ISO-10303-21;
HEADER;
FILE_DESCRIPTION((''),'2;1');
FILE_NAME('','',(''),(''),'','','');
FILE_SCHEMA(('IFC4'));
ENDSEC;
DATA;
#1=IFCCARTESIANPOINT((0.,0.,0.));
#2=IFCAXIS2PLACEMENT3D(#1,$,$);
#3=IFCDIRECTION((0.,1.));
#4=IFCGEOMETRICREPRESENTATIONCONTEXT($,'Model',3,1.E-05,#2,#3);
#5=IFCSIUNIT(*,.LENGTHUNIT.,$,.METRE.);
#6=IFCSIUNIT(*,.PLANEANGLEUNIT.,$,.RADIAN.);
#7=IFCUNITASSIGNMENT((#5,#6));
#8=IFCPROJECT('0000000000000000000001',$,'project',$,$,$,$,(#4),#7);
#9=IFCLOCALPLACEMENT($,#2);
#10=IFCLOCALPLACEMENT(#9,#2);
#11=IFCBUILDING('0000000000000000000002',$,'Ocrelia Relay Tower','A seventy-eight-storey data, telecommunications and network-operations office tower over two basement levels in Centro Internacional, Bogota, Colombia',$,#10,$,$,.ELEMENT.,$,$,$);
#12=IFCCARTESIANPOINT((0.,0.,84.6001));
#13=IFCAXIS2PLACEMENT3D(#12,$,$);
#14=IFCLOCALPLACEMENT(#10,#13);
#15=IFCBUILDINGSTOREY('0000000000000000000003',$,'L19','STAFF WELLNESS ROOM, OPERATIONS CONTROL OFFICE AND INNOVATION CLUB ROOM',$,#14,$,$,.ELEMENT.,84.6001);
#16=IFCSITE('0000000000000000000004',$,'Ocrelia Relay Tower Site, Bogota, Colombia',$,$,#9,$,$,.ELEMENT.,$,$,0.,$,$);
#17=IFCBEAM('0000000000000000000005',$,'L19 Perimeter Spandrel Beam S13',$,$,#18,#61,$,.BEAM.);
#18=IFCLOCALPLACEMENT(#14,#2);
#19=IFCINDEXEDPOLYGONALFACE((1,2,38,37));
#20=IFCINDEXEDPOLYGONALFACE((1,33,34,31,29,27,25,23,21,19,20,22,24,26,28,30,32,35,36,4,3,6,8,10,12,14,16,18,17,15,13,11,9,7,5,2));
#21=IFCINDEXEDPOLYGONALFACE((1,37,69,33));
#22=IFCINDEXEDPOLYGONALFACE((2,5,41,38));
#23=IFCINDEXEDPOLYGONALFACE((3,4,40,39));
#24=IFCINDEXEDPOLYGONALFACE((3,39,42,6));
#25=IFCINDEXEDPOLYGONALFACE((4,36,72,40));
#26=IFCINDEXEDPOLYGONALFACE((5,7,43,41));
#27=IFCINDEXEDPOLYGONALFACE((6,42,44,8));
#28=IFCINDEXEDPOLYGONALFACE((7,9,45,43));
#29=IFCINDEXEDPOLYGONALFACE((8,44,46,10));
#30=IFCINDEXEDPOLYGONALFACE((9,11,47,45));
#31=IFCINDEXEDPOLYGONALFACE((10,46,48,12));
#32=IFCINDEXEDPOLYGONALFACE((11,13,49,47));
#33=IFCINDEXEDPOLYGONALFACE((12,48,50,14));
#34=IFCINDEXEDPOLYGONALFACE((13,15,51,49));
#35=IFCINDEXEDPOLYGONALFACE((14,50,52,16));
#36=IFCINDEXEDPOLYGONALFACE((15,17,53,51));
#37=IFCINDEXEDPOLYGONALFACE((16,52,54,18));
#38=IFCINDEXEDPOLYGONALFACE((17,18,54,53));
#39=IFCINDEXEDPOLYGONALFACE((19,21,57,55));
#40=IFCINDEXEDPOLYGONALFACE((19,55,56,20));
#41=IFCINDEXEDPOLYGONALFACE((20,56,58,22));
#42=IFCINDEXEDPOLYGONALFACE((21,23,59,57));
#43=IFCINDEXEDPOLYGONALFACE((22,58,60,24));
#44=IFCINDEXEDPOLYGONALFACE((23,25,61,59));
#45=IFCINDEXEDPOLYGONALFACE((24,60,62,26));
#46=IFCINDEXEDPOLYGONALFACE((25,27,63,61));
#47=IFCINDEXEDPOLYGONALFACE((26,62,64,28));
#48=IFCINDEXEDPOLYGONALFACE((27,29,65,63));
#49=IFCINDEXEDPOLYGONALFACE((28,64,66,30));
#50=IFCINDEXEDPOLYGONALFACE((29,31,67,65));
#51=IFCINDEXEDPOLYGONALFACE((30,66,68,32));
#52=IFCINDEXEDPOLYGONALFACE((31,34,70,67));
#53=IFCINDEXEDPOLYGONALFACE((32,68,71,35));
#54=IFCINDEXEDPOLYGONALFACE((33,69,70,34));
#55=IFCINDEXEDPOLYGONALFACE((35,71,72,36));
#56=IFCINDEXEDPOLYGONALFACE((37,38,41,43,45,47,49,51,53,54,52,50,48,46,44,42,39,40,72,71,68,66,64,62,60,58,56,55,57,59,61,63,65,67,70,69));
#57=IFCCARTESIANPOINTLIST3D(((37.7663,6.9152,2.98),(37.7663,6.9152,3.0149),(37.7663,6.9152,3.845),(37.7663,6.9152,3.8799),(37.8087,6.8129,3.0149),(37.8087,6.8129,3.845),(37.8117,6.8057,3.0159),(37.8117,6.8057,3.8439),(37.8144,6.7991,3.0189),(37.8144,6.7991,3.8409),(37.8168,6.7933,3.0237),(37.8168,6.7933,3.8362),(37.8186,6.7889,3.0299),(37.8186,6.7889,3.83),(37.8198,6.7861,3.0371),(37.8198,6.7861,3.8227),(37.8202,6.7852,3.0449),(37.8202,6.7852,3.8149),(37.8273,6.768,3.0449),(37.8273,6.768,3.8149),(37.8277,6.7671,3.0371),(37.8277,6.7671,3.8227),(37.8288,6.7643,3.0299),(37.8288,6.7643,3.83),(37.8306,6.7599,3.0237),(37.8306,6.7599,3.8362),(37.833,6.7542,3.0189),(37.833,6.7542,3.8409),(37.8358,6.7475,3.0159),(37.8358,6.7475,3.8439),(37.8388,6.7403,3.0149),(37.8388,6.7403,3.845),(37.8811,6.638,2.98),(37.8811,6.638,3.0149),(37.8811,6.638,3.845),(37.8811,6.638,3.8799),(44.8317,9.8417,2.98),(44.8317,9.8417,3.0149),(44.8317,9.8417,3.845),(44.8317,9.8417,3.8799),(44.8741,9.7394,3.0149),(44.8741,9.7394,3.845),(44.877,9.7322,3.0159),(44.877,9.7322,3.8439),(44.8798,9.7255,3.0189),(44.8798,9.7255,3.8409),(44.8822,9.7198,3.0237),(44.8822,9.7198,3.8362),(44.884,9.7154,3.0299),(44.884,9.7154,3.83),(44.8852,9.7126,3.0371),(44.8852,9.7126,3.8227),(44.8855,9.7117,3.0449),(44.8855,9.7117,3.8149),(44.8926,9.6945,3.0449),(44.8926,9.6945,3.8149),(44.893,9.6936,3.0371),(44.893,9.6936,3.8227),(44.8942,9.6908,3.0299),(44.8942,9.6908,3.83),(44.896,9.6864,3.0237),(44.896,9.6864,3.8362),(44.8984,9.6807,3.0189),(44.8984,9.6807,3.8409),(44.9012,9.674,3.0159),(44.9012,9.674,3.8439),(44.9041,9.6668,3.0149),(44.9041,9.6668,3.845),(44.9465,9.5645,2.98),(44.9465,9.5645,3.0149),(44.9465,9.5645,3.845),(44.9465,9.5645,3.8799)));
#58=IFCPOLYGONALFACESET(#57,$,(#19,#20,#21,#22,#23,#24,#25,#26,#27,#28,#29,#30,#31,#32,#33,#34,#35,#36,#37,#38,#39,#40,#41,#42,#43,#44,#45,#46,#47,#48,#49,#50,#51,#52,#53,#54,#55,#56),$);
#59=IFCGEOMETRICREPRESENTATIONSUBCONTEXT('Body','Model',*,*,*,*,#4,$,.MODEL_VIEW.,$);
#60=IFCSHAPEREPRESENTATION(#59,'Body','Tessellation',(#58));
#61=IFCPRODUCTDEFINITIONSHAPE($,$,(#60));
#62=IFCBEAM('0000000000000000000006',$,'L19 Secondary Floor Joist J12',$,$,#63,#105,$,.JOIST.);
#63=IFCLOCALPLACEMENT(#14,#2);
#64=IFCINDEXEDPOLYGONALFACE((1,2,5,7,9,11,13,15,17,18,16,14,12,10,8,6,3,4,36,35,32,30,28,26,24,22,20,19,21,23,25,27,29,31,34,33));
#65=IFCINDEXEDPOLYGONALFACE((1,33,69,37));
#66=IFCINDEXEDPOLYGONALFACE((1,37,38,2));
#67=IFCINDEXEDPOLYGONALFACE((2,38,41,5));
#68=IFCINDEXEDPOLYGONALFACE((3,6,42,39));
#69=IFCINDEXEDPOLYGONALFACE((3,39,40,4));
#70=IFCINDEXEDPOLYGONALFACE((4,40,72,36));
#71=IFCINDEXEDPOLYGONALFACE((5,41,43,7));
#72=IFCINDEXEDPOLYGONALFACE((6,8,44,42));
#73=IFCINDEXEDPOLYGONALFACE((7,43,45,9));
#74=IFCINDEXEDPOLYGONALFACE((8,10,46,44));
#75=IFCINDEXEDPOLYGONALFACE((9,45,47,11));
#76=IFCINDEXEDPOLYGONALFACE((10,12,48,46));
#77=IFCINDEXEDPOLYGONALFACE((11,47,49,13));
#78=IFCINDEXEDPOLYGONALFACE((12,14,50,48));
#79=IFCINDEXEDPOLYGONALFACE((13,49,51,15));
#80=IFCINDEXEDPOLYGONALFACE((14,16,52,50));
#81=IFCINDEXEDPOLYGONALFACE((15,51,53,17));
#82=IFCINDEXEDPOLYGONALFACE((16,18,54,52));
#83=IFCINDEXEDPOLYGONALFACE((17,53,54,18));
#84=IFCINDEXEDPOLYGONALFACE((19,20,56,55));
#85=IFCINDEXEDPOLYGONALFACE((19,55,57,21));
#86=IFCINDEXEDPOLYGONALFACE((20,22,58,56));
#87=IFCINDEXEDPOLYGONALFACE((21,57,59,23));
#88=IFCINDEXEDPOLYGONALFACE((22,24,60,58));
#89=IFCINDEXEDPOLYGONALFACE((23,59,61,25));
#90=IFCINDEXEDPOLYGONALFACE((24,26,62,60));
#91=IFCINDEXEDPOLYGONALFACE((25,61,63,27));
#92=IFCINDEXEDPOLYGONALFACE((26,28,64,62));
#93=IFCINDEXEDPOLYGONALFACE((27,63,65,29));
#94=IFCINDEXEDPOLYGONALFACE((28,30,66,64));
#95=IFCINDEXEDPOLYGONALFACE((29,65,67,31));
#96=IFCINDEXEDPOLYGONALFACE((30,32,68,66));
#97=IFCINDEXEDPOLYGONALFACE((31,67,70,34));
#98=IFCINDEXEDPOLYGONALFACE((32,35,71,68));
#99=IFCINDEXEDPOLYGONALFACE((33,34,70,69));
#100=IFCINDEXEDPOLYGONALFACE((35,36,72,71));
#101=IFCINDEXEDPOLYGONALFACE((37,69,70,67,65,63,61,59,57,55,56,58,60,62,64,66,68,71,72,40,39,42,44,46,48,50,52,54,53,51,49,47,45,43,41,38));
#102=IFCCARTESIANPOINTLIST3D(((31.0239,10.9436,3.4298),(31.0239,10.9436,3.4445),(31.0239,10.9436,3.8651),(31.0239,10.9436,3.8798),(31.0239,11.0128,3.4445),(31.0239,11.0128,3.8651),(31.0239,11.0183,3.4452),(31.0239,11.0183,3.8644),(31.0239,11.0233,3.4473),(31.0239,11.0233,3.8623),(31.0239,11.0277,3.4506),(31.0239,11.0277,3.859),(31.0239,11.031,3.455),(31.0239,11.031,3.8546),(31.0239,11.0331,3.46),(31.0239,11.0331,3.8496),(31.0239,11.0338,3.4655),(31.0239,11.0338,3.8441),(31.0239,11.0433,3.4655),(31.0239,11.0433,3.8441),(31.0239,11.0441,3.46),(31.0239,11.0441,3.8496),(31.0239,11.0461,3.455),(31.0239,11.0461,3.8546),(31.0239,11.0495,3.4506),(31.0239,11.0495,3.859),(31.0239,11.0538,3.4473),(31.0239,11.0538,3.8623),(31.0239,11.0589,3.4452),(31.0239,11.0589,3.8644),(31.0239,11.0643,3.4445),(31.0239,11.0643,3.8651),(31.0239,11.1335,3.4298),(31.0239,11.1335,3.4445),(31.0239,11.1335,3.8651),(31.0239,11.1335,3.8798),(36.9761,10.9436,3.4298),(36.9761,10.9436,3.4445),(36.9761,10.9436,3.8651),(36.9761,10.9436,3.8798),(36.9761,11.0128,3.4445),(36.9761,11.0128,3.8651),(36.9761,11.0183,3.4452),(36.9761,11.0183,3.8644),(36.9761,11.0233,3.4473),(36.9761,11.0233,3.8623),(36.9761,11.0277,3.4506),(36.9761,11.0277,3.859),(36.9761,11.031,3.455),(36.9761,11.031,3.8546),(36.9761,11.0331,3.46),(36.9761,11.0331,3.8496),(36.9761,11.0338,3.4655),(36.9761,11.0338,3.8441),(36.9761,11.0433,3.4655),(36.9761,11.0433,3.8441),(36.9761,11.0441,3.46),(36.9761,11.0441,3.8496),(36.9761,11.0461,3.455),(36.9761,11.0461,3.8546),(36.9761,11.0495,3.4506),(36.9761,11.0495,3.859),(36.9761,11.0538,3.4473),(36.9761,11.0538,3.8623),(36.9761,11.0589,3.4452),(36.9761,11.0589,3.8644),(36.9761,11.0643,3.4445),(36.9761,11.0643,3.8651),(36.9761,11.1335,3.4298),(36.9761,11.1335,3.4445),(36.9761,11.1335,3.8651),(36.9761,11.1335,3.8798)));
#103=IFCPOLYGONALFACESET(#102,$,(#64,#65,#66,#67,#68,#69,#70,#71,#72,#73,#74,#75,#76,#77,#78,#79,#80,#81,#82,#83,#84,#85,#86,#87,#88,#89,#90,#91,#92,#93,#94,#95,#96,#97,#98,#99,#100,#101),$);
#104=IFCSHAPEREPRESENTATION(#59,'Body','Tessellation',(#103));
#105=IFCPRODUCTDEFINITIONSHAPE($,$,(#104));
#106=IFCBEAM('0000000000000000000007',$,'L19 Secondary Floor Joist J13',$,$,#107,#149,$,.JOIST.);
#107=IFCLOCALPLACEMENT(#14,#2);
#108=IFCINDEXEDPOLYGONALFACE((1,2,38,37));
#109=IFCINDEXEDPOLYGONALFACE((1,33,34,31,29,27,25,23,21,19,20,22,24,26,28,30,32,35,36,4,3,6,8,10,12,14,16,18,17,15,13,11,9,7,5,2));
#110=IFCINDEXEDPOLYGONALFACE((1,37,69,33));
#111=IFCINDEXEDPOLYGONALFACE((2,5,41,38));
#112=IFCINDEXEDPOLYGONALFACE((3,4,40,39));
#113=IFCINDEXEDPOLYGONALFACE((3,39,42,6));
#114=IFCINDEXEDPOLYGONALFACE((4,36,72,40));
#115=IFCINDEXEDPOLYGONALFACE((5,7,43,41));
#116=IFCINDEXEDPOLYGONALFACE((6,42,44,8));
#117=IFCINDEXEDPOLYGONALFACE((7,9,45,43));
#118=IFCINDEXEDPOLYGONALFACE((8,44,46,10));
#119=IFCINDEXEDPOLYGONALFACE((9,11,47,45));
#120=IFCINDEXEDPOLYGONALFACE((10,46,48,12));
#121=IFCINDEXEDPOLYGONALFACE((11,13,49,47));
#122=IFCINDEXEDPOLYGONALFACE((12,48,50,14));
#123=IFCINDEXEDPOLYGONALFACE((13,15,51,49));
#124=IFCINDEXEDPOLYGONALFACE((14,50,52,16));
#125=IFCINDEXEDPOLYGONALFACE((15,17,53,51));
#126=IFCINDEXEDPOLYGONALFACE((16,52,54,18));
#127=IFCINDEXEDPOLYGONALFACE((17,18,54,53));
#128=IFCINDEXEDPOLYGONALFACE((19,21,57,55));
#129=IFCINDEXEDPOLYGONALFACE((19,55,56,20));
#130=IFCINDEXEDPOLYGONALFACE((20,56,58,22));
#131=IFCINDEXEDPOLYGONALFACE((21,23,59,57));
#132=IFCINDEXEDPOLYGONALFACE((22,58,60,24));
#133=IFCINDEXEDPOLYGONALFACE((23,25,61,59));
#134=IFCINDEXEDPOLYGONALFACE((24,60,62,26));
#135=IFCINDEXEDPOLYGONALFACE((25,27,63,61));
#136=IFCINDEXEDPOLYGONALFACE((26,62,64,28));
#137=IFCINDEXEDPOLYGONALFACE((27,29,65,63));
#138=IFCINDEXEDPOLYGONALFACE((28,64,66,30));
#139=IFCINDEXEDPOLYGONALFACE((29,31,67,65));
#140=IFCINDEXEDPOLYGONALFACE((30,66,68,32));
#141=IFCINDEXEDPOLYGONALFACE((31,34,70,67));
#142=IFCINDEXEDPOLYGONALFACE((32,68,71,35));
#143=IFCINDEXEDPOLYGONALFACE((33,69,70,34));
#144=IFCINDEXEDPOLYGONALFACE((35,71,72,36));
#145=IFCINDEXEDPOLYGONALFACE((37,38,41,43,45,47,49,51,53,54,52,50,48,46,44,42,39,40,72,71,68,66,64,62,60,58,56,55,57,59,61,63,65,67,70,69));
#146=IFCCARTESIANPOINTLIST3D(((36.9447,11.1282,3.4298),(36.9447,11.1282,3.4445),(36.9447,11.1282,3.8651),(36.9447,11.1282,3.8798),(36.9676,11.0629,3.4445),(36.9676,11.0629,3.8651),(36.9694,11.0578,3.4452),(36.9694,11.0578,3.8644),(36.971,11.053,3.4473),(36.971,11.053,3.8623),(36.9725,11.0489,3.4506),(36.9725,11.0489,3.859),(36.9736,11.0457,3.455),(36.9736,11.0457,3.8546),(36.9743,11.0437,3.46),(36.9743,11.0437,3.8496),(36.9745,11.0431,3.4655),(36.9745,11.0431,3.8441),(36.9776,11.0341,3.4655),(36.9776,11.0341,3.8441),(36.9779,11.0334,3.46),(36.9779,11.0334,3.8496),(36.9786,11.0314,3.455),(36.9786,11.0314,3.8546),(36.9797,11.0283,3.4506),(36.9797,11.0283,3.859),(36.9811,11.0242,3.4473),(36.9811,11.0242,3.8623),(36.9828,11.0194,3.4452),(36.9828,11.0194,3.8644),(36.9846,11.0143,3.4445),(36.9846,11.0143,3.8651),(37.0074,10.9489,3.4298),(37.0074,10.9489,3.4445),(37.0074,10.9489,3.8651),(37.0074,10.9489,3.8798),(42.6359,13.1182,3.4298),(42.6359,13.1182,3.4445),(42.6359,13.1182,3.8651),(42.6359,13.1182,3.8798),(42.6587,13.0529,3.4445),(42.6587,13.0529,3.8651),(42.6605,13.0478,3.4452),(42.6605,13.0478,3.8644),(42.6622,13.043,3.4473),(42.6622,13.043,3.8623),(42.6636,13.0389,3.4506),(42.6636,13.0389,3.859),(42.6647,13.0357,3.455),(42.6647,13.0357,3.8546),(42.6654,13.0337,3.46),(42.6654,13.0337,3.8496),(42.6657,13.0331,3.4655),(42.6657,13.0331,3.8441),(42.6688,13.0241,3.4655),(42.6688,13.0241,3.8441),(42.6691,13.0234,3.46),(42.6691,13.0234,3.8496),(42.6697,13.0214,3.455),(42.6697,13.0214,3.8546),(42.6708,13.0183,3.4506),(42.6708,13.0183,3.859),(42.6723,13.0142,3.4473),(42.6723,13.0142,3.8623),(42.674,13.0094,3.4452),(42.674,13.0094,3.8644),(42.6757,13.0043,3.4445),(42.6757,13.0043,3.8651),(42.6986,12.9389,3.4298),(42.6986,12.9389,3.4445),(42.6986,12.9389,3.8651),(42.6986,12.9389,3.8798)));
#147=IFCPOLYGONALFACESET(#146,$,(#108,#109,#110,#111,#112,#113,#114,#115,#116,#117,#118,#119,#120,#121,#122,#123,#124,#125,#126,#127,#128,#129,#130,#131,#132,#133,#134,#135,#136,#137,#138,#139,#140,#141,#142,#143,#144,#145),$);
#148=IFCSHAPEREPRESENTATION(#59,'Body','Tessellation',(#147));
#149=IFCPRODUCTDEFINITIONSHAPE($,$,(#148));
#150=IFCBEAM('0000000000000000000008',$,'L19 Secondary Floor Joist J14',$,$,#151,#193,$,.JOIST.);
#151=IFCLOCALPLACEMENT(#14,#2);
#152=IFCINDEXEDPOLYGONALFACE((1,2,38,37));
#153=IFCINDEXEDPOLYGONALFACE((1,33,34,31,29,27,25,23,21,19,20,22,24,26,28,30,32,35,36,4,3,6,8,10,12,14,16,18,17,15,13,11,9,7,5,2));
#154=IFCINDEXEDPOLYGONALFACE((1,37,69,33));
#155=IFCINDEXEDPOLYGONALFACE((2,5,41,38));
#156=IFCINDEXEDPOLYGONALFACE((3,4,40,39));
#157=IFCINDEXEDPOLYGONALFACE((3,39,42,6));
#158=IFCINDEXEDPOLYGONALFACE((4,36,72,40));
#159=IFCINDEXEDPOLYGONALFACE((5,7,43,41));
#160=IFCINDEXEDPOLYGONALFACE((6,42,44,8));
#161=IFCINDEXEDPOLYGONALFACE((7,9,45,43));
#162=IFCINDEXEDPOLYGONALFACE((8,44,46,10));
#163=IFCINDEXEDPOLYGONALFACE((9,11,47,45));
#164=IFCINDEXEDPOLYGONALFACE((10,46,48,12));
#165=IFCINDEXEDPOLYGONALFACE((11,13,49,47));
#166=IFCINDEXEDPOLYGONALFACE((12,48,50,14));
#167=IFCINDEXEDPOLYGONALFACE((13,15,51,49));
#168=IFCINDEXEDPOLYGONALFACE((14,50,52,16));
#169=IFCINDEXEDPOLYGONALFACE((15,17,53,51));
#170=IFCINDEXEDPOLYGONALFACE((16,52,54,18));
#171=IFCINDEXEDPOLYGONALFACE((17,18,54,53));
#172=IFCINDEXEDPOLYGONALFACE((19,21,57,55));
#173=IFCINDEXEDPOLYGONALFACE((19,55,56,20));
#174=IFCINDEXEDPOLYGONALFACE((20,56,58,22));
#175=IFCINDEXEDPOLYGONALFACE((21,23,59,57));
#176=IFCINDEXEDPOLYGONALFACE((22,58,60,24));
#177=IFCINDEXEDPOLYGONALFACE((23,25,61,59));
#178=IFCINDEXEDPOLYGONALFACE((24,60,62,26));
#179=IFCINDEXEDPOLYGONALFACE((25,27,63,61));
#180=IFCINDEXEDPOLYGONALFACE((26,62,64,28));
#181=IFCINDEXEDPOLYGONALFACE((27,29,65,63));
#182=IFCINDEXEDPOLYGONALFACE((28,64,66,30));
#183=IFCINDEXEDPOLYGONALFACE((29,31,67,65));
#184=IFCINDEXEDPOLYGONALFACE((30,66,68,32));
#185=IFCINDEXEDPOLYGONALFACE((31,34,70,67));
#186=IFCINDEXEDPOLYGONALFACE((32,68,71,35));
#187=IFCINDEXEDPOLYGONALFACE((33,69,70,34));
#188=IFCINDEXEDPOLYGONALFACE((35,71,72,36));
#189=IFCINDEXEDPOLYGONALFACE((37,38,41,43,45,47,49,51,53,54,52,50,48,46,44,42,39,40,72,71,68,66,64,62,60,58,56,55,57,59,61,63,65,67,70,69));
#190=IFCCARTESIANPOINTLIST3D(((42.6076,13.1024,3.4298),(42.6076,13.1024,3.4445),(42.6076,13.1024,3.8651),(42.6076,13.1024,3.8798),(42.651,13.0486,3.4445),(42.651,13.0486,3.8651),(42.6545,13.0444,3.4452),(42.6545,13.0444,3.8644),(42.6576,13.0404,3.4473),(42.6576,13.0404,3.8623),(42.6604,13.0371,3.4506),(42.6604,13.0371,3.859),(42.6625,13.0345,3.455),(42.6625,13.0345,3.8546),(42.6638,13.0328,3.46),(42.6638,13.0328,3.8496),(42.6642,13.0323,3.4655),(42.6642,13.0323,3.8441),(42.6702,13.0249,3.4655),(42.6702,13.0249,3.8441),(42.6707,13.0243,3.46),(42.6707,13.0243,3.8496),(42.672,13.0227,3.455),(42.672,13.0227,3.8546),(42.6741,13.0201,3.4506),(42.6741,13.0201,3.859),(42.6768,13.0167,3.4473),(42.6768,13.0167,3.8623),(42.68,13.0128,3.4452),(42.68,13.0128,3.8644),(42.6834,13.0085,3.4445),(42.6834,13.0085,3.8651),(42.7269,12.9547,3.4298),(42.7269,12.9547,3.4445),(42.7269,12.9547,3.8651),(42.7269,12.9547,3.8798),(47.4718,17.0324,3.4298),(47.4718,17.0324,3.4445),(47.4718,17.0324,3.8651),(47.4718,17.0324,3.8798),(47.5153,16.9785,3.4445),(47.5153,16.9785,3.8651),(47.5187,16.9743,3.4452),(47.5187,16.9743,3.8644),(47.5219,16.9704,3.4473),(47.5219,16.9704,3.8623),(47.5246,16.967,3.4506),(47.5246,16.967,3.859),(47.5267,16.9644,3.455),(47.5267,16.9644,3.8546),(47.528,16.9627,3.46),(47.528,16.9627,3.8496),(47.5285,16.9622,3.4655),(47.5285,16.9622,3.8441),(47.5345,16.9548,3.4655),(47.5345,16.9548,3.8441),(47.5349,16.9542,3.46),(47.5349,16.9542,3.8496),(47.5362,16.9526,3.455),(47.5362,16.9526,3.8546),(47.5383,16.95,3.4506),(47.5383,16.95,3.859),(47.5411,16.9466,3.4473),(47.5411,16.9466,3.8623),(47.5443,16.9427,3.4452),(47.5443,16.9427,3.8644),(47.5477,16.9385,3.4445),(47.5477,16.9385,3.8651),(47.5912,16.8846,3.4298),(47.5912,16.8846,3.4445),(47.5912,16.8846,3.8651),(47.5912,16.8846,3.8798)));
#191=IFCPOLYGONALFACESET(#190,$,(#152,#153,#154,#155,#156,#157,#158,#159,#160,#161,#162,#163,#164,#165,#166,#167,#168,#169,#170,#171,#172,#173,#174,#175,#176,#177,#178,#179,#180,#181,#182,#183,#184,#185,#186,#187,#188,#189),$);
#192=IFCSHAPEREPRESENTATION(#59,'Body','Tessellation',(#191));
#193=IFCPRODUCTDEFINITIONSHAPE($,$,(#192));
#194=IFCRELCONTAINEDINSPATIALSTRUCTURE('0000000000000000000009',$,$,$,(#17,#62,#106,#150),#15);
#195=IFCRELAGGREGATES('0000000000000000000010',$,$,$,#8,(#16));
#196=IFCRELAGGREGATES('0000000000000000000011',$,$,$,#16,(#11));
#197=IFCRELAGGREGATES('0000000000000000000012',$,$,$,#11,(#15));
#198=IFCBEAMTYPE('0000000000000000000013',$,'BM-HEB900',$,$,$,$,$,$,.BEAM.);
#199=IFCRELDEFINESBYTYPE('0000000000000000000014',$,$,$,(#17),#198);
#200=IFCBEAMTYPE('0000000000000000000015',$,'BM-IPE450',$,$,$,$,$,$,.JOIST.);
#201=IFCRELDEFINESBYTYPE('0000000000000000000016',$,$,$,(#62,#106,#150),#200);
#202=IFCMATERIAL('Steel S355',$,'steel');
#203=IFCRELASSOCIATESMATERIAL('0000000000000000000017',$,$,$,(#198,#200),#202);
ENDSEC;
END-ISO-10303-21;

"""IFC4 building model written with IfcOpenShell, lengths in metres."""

from ifc_helpers import new_model, si_unit, direction, frame, origin, origin_2d, place, context, subcontext, project, spatial, i_section, extrude, material, material_profile, profile_set, type_object, element, save


model = new_model("IFC4")

# Units and contexts
model_context = context("Model", 3, precision=1e-05, world=origin(), true_north=direction((0.0, 1.0)))
body_context = subcontext(model_context, "Body", "Model", "MODEL_VIEW")
ifc_project = project(units=[si_unit("LENGTHUNIT", "METRE"), si_unit("PLANEANGLEUNIT", "RADIAN")], contexts=[model_context])

# Site, building, storey
site_placement = place(None, origin())
site = spatial("IfcSite", under=ifc_project, at=site_placement, Name="Ocrelia Relay Tower Site, Bogota, Colombia", CompositionType="ELEMENT", RefElevation=0.0)
building_placement = place(site_placement, origin())
building = spatial("IfcBuilding", under=site, at=building_placement, Name="Ocrelia Relay Tower", Description="A seventy-eight-storey data, telecommunications and network-operations office tower over two basement levels in Centro Internacional, Bogota, Colombia", CompositionType="ELEMENT")
storey_placement = place(building_placement, frame((0.0, 0.0, 84.6001)))
storey = spatial("IfcBuildingStorey", under=building, at=storey_placement, Name="L19", Description="STAFF WELLNESS ROOM, OPERATIONS CONTROL OFFICE AND INNOVATION CLUB ROOM", CompositionType="ELEMENT", Elevation=84.6001)

# Beams
ifc_material_1 = material(Name="Steel S355", Category="steel")
ifc_material_profile_1 = material_profile(ifc_material_1, i_section(OverallWidth=0.3, OverallDepth=0.8999, WebThickness=0.0186, FlangeThickness=0.0349, FilletRadius=0.03, at=origin_2d()), Name="HEB 900")
ifc_profile_set_1 = profile_set([ifc_material_profile_1], Name="Steel S355")
beam_type_1 = type_object("IfcBeamType", Name="BM-HEB900", PredefinedType="BEAM", material=ifc_profile_set_1)
beam_1_placement = place(storey_placement, frame((37.8237, 6.7766, 3.4299), z_axis=(0.923883, 0.382674, 0.0), x_axis=(-0.382674, 0.923883, 0.0)))
element("IfcBeam", 1, at=beam_1_placement, inside=storey, type_object=beam_type_1, Name="L19 Perimeter Spandrel Beam S13", PredefinedType="BEAM", context=body_context, shape_type="SweptSolid", body=[
    extrude(i_section(OverallWidth=0.3, OverallDepth=0.8999, WebThickness=0.0186, FlangeThickness=0.0349, FilletRadius=0.03, at=origin_2d()), origin(), (0.0, 0.0, 1.0), 7.6475),
])
ifc_material_profile_2 = material_profile(ifc_material_1, i_section(OverallWidth=0.1899, OverallDepth=0.45, WebThickness=0.0095, FlangeThickness=0.0146, FilletRadius=0.021, at=origin_2d()), Name="IPE 450")
ifc_profile_set_2 = profile_set([ifc_material_profile_2], Name="Steel S355")
beam_type_2 = type_object("IfcBeamType", Name="BM-IPE450", PredefinedType="JOIST", material=ifc_profile_set_2)
beam_2_placement = place(storey_placement, frame((31.0239, 11.0386, 3.6548), z_axis=(1.0, 0.0, 0.0), x_axis=(0.0, 1.0, 0.0)))
element("IfcBeam", 2, at=beam_2_placement, inside=storey, type_object=beam_type_2, Name="L19 Secondary Floor Joist J12", PredefinedType="JOIST", context=body_context, shape_type="SweptSolid", body=[
    extrude(i_section(OverallWidth=0.1899, OverallDepth=0.45, WebThickness=0.0095, FlangeThickness=0.0146, FilletRadius=0.021, at=origin_2d()), origin(), (0.0, 0.0, 1.0), 5.9521),
])
beam_3_placement = place(storey_placement, frame((36.9761, 11.0386, 3.6548), z_axis=(0.943957, 0.330067, 0.0), x_axis=(-0.330067, 0.943957, 0.0)))
element("IfcBeam", 3, at=beam_3_placement, inside=storey, type_object=beam_type_2, Name="L19 Secondary Floor Joist J13", PredefinedType="JOIST", context=body_context, shape_type="SweptSolid", body=[
    extrude(i_section(OverallWidth=0.1899, OverallDepth=0.45, WebThickness=0.0095, FlangeThickness=0.0146, FilletRadius=0.021, at=origin_2d()), origin(), (0.0, 0.0, 1.0), 6.0291),
])
beam_4_placement = place(storey_placement, frame((42.6672, 13.0286, 3.6548), z_axis=(0.777855, 0.628444, 0.0), x_axis=(-0.628444, 0.777855, 0.0)))
element("IfcBeam", 4, at=beam_4_placement, inside=storey, type_object=beam_type_2, Name="L19 Secondary Floor Joist J14", PredefinedType="JOIST", context=body_context, shape_type="SweptSolid", body=[
    extrude(i_section(OverallWidth=0.1899, OverallDepth=0.45, WebThickness=0.0095, FlangeThickness=0.0146, FilletRadius=0.021, at=origin_2d()), origin(), (0.0, 0.0, 1.0), 6.2534),
])

save(model, "model.ifc")
